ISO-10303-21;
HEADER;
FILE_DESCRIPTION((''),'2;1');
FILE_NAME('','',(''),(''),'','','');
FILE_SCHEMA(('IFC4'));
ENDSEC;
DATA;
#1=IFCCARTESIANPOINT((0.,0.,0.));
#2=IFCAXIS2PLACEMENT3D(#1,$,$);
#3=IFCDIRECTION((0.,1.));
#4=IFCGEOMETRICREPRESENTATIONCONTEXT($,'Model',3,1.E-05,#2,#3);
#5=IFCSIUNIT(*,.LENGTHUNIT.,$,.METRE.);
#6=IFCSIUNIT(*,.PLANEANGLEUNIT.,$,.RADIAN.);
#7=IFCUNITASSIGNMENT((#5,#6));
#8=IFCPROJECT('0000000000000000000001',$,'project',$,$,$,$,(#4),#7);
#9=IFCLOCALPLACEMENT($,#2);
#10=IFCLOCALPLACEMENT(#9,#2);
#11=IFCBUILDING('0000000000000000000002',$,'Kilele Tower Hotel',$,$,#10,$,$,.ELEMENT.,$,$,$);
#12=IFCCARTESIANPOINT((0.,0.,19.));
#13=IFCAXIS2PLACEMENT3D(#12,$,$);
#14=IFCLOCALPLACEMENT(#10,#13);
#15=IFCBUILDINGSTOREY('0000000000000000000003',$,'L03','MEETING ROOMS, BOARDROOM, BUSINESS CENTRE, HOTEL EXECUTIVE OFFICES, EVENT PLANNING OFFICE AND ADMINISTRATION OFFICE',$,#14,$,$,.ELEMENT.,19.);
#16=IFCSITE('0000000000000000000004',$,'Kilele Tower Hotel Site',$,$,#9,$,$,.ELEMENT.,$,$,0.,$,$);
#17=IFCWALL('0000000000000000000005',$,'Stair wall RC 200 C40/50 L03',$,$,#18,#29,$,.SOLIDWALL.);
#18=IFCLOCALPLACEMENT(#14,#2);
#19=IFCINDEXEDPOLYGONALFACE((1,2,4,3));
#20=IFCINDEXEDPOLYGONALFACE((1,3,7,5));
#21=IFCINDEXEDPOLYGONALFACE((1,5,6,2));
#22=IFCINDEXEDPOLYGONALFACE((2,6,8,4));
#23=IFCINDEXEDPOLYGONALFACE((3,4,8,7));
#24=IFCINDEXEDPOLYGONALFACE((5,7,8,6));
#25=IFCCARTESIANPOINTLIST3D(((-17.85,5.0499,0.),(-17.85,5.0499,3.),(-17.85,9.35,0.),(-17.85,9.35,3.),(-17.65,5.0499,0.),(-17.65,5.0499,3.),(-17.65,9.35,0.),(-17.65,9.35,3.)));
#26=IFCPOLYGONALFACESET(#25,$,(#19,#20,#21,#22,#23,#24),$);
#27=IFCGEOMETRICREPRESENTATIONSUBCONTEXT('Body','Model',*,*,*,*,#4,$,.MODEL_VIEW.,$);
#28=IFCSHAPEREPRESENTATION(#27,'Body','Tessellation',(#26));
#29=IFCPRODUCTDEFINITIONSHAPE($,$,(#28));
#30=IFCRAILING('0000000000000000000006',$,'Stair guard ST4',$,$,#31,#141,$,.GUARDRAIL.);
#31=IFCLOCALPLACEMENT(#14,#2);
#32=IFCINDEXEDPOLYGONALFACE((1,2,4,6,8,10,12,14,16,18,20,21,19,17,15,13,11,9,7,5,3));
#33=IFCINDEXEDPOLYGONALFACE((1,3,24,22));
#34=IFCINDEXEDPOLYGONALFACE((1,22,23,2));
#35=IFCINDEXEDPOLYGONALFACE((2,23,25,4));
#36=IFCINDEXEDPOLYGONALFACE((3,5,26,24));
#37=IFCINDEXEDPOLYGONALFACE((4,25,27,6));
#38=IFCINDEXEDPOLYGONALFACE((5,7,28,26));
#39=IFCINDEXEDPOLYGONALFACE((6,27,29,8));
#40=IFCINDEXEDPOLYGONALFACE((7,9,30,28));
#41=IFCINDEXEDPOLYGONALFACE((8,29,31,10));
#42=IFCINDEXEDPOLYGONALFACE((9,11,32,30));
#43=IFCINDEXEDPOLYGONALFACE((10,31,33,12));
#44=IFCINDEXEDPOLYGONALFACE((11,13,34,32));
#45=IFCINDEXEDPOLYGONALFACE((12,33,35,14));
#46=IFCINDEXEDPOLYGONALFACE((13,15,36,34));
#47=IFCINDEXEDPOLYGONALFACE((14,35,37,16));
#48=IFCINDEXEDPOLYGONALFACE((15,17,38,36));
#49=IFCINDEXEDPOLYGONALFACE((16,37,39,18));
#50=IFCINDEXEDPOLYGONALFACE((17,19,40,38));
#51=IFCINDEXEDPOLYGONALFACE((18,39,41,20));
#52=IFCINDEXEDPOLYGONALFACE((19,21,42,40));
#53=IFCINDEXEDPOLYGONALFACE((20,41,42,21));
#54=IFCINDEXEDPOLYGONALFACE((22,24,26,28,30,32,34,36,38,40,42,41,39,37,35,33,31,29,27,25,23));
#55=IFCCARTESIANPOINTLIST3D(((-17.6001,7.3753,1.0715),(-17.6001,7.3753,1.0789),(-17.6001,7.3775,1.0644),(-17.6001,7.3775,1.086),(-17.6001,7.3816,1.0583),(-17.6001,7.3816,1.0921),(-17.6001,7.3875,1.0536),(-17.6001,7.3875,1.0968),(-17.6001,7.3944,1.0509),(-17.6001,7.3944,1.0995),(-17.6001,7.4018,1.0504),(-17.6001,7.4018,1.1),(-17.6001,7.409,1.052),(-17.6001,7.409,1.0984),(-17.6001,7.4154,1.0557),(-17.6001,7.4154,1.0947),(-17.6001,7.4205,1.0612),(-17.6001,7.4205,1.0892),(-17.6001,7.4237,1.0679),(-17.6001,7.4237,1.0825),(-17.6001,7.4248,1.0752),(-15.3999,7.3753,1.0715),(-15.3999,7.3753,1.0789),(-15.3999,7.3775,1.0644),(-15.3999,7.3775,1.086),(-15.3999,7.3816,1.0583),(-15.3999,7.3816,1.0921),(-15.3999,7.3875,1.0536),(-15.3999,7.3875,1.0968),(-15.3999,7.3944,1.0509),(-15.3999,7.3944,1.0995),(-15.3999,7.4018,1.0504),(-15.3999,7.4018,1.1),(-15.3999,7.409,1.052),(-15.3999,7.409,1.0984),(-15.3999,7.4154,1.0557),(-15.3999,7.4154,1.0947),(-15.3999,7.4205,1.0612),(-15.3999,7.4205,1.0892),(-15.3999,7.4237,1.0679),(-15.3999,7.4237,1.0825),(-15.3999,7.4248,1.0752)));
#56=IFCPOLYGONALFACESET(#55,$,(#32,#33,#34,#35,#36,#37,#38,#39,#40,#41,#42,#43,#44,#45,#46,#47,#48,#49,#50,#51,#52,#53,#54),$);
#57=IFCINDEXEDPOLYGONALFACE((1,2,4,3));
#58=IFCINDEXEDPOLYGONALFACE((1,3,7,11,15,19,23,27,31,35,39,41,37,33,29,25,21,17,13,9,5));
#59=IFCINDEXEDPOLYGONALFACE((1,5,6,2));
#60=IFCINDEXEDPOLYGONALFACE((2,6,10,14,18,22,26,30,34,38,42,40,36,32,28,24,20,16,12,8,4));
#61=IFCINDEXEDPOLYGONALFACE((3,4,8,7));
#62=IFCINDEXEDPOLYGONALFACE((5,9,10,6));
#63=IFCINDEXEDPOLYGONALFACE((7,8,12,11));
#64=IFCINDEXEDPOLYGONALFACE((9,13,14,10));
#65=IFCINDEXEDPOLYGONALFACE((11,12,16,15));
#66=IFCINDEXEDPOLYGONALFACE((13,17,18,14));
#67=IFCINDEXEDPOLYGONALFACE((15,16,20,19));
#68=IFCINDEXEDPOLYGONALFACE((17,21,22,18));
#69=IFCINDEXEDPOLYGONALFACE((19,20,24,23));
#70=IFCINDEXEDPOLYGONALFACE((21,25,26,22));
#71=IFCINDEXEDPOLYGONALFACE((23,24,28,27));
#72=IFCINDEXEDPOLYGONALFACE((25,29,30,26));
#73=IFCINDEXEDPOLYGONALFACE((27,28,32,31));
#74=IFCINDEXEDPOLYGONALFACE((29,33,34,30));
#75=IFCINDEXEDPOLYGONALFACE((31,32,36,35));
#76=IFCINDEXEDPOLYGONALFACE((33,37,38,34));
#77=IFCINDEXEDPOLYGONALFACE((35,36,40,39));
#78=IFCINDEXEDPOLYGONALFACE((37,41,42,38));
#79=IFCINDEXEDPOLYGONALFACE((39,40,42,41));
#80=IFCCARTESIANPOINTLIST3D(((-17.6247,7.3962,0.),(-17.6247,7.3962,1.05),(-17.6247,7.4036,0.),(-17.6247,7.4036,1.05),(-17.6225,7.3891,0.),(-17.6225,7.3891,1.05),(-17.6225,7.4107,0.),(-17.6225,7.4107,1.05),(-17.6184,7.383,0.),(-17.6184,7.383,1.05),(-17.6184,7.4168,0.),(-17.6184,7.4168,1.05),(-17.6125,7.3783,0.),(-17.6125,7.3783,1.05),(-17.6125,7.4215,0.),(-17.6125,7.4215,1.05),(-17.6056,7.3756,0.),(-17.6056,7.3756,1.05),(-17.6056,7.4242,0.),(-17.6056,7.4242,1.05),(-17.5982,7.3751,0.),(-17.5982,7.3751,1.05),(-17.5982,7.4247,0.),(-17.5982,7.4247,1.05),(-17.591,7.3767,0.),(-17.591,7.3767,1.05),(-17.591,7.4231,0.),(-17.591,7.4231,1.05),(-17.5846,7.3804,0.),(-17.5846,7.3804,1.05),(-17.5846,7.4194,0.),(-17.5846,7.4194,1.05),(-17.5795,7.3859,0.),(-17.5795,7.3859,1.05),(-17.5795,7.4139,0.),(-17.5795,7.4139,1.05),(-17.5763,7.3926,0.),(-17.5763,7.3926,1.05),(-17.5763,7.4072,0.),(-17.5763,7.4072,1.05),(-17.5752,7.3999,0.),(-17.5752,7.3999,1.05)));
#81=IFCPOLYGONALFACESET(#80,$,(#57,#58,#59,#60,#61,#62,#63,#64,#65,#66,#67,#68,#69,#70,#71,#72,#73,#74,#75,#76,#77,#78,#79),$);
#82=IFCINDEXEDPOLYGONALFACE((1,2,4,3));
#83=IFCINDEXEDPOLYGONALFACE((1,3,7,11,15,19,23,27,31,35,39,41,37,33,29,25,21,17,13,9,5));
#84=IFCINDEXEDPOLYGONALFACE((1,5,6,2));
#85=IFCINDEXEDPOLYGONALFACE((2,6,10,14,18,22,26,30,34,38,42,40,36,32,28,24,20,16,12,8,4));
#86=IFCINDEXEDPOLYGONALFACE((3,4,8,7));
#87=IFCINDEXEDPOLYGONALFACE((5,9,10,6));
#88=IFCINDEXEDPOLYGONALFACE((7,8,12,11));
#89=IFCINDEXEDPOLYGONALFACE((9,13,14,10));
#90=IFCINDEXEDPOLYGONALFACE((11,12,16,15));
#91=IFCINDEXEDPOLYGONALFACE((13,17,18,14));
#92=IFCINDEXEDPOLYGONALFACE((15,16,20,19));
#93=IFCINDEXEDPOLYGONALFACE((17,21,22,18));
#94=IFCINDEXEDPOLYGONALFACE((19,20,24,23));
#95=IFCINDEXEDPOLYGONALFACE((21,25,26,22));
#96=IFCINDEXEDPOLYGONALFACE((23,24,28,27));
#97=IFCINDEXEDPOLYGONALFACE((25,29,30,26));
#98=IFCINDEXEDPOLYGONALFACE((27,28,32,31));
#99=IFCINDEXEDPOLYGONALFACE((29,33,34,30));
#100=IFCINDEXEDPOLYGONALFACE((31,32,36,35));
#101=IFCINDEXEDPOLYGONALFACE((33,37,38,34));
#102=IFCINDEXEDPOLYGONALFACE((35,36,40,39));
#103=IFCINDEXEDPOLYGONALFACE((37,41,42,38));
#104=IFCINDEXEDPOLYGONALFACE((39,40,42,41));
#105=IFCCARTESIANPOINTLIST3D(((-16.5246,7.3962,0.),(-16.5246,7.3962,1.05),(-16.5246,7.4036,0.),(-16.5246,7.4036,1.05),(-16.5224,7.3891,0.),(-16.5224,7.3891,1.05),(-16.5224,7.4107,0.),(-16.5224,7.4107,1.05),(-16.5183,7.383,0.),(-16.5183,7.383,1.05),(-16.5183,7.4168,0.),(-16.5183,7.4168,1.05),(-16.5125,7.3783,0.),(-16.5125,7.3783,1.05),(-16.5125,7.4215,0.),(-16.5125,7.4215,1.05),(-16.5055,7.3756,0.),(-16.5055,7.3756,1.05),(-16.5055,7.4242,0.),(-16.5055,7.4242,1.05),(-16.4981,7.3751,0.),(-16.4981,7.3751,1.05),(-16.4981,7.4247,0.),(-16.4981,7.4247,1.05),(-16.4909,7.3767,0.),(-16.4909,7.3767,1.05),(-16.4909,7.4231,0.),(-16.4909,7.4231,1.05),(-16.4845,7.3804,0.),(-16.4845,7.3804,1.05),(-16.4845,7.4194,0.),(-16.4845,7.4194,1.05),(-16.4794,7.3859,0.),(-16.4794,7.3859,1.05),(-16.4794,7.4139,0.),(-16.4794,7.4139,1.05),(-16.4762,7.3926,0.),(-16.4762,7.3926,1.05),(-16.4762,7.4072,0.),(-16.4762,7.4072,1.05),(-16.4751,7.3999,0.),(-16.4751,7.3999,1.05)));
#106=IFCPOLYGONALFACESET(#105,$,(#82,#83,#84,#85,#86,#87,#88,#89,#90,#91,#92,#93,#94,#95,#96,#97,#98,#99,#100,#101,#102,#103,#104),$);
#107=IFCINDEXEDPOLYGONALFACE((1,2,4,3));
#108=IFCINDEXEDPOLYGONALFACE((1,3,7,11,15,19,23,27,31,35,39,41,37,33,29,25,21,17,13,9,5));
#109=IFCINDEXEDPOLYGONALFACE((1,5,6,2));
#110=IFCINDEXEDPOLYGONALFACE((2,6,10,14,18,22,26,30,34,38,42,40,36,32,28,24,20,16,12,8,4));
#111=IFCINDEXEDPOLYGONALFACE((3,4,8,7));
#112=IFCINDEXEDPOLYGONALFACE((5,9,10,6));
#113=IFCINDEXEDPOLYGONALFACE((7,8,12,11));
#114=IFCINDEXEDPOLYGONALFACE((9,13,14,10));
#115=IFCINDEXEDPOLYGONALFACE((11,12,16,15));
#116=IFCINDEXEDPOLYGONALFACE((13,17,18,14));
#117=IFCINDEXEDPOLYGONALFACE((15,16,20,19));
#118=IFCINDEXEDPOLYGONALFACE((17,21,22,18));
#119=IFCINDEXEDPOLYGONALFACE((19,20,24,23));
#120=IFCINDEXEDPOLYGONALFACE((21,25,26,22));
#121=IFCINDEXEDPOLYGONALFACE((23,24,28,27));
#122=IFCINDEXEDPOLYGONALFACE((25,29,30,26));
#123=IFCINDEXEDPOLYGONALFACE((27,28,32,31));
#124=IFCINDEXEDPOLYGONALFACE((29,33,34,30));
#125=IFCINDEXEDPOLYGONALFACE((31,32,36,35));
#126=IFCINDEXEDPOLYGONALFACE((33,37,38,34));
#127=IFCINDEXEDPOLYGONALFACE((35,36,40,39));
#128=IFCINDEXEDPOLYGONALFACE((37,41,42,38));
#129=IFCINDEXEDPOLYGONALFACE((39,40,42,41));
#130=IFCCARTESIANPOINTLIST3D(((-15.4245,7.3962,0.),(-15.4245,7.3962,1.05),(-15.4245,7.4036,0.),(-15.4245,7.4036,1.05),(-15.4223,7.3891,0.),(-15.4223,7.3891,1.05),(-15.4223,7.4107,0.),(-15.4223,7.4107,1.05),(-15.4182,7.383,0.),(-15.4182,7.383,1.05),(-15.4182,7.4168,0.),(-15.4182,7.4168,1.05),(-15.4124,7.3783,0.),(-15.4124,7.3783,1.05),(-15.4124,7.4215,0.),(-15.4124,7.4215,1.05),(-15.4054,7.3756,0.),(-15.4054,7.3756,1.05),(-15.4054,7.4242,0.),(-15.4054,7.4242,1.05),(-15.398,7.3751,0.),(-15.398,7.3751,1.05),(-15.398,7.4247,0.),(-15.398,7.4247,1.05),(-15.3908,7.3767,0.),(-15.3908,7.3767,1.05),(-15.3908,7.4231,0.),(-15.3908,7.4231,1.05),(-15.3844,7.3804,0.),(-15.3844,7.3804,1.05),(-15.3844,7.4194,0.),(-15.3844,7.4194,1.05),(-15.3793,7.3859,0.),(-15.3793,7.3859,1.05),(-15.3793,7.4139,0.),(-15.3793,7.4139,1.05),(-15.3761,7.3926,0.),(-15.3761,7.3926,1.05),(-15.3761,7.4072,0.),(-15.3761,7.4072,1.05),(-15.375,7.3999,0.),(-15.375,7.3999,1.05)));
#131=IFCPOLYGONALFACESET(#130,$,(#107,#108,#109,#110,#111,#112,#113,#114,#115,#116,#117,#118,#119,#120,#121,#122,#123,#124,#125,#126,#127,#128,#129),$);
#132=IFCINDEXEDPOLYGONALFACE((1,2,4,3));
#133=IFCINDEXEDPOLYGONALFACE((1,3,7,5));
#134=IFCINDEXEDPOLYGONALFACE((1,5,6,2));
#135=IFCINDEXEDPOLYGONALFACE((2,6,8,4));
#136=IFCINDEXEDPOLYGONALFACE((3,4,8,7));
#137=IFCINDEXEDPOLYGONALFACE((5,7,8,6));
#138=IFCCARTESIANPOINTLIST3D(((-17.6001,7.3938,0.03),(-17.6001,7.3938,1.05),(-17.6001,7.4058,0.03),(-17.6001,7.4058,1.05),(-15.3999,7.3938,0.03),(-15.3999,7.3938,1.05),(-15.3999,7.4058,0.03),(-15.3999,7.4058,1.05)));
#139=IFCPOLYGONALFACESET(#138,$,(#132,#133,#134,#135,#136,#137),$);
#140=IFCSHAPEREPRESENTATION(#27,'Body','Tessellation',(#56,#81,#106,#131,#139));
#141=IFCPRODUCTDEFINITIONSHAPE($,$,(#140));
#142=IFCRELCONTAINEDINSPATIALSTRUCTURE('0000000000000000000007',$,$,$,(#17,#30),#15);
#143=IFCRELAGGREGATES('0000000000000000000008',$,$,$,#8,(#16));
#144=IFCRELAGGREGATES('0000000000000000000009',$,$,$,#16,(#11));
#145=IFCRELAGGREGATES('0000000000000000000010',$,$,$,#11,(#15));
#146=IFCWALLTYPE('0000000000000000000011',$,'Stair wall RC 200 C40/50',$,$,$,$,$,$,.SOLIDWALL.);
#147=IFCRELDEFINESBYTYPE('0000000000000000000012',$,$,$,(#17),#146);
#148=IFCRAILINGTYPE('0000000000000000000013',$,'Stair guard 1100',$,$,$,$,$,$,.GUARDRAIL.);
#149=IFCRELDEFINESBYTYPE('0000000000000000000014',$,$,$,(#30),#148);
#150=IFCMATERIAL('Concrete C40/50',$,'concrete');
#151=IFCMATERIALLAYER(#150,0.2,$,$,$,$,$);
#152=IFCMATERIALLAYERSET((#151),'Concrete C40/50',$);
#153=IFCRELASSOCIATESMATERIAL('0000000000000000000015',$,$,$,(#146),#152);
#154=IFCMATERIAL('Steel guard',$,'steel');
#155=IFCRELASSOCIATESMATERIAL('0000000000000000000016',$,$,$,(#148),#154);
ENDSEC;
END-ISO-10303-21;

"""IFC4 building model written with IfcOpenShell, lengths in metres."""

from ifc_helpers import new_model, si_unit, direction, frame, frame_2d, origin, origin_2d, place, context, subcontext, project, spatial, polyline, rectangle, circle, outline, extrude, material, layer, layer_set, type_object, element, save


model = new_model("IFC4")

# Units and contexts
model_context = context("Model", 3, precision=1e-05, world=origin(), true_north=direction((0.0, 1.0)))
body_context = subcontext(model_context, "Body", "Model", "MODEL_VIEW")
ifc_project = project(units=[si_unit("LENGTHUNIT", "METRE"), si_unit("PLANEANGLEUNIT", "RADIAN")], contexts=[model_context])

# Site, building, storey
site_placement = place(None, origin())
site = spatial("IfcSite", under=ifc_project, at=site_placement, Name="Kilele Tower Hotel Site", CompositionType="ELEMENT", RefElevation=0.0)
building_placement = place(site_placement, origin())
building = spatial("IfcBuilding", under=site, at=building_placement, Name="Kilele Tower Hotel", CompositionType="ELEMENT")
storey_placement = place(building_placement, frame((0.0, 0.0, 19.0)))
storey = spatial("IfcBuildingStorey", under=building, at=storey_placement, Name="L03", Description="MEETING ROOMS, BOARDROOM, BUSINESS CENTRE, HOTEL EXECUTIVE OFFICES, EVENT PLANNING OFFICE AND ADMINISTRATION OFFICE", CompositionType="ELEMENT", Elevation=19.0)

# Wall
ifc_material_1 = material(Name="Concrete C40/50", Category="concrete")
ifc_layer_1 = layer(ifc_material_1, 0.2)
ifc_layer_set_1 = layer_set([ifc_layer_1], Name="Concrete C40/50")
wall_type_1 = type_object("IfcWallType", Name="Stair wall RC 200 C40/50", PredefinedType="SOLIDWALL", material=ifc_layer_set_1)
wall_1_placement = place(storey_placement, frame((-17.75, 5.05, 0.0), z_axis=(0.0, 0.0, 1.0), x_axis=(0.0, 1.0, 0.0)))
element("IfcWall", 1, at=wall_1_placement, inside=storey, type_object=wall_type_1, Name="Stair wall RC 200 C40/50 L03", PredefinedType="SOLIDWALL", context=body_context, shape_type="SweptSolid", body=[
    extrude(rectangle(XDim=4.3, YDim=0.2, at=frame_2d((2.1499, 0.0))), origin(), (0.0, 0.0, 1.0), 3.0),
])

# Railing
ifc_material_2 = material(Name="Steel guard", Category="steel")
railing_type = type_object("IfcRailingType", Name="Stair guard 1100", PredefinedType="GUARDRAIL", material=ifc_material_2)
railing_placement = place(storey_placement, frame((-17.6001, 7.3999, 0.0)))
element("IfcRailing", 2, at=railing_placement, inside=storey, type_object=railing_type, Name="Stair guard ST4", PredefinedType="GUARDRAIL", context=body_context, shape_type="SweptSolid", body=[
    extrude(circle(Radius=0.0249, at=origin_2d()), frame((0.0, 0.0, 1.0752), z_axis=(1.0, 0.0, 0.0), x_axis=(0.0, 1.0, 0.0)), (0.0, 0.0, 1.0), 2.2002),
    extrude(circle(Radius=0.0249, at=origin_2d()), origin(), (0.0, 0.0, 1.0), 1.05),
    extrude(circle(Radius=0.0249, at=origin_2d()), frame((1.1001, 0.0, 0.0)), (0.0, 0.0, 1.0), 1.05),
    extrude(circle(Radius=0.0249, at=origin_2d()), frame((2.2002, 0.0, 0.0)), (0.0, 0.0, 1.0), 1.05),
    extrude(outline(polyline([(0.0, 0.03), (2.2002, 0.03), (2.2002, 1.05), (0.0, 1.05), (0.0, 0.03)])), frame((0.0, 0.0059, 0.0), z_axis=(0.0, -1.0, 0.0), x_axis=(1.0, 0.0, 0.0)), (0.0, 0.0, 1.0), 0.012),
])

save(model, "model.ifc")
